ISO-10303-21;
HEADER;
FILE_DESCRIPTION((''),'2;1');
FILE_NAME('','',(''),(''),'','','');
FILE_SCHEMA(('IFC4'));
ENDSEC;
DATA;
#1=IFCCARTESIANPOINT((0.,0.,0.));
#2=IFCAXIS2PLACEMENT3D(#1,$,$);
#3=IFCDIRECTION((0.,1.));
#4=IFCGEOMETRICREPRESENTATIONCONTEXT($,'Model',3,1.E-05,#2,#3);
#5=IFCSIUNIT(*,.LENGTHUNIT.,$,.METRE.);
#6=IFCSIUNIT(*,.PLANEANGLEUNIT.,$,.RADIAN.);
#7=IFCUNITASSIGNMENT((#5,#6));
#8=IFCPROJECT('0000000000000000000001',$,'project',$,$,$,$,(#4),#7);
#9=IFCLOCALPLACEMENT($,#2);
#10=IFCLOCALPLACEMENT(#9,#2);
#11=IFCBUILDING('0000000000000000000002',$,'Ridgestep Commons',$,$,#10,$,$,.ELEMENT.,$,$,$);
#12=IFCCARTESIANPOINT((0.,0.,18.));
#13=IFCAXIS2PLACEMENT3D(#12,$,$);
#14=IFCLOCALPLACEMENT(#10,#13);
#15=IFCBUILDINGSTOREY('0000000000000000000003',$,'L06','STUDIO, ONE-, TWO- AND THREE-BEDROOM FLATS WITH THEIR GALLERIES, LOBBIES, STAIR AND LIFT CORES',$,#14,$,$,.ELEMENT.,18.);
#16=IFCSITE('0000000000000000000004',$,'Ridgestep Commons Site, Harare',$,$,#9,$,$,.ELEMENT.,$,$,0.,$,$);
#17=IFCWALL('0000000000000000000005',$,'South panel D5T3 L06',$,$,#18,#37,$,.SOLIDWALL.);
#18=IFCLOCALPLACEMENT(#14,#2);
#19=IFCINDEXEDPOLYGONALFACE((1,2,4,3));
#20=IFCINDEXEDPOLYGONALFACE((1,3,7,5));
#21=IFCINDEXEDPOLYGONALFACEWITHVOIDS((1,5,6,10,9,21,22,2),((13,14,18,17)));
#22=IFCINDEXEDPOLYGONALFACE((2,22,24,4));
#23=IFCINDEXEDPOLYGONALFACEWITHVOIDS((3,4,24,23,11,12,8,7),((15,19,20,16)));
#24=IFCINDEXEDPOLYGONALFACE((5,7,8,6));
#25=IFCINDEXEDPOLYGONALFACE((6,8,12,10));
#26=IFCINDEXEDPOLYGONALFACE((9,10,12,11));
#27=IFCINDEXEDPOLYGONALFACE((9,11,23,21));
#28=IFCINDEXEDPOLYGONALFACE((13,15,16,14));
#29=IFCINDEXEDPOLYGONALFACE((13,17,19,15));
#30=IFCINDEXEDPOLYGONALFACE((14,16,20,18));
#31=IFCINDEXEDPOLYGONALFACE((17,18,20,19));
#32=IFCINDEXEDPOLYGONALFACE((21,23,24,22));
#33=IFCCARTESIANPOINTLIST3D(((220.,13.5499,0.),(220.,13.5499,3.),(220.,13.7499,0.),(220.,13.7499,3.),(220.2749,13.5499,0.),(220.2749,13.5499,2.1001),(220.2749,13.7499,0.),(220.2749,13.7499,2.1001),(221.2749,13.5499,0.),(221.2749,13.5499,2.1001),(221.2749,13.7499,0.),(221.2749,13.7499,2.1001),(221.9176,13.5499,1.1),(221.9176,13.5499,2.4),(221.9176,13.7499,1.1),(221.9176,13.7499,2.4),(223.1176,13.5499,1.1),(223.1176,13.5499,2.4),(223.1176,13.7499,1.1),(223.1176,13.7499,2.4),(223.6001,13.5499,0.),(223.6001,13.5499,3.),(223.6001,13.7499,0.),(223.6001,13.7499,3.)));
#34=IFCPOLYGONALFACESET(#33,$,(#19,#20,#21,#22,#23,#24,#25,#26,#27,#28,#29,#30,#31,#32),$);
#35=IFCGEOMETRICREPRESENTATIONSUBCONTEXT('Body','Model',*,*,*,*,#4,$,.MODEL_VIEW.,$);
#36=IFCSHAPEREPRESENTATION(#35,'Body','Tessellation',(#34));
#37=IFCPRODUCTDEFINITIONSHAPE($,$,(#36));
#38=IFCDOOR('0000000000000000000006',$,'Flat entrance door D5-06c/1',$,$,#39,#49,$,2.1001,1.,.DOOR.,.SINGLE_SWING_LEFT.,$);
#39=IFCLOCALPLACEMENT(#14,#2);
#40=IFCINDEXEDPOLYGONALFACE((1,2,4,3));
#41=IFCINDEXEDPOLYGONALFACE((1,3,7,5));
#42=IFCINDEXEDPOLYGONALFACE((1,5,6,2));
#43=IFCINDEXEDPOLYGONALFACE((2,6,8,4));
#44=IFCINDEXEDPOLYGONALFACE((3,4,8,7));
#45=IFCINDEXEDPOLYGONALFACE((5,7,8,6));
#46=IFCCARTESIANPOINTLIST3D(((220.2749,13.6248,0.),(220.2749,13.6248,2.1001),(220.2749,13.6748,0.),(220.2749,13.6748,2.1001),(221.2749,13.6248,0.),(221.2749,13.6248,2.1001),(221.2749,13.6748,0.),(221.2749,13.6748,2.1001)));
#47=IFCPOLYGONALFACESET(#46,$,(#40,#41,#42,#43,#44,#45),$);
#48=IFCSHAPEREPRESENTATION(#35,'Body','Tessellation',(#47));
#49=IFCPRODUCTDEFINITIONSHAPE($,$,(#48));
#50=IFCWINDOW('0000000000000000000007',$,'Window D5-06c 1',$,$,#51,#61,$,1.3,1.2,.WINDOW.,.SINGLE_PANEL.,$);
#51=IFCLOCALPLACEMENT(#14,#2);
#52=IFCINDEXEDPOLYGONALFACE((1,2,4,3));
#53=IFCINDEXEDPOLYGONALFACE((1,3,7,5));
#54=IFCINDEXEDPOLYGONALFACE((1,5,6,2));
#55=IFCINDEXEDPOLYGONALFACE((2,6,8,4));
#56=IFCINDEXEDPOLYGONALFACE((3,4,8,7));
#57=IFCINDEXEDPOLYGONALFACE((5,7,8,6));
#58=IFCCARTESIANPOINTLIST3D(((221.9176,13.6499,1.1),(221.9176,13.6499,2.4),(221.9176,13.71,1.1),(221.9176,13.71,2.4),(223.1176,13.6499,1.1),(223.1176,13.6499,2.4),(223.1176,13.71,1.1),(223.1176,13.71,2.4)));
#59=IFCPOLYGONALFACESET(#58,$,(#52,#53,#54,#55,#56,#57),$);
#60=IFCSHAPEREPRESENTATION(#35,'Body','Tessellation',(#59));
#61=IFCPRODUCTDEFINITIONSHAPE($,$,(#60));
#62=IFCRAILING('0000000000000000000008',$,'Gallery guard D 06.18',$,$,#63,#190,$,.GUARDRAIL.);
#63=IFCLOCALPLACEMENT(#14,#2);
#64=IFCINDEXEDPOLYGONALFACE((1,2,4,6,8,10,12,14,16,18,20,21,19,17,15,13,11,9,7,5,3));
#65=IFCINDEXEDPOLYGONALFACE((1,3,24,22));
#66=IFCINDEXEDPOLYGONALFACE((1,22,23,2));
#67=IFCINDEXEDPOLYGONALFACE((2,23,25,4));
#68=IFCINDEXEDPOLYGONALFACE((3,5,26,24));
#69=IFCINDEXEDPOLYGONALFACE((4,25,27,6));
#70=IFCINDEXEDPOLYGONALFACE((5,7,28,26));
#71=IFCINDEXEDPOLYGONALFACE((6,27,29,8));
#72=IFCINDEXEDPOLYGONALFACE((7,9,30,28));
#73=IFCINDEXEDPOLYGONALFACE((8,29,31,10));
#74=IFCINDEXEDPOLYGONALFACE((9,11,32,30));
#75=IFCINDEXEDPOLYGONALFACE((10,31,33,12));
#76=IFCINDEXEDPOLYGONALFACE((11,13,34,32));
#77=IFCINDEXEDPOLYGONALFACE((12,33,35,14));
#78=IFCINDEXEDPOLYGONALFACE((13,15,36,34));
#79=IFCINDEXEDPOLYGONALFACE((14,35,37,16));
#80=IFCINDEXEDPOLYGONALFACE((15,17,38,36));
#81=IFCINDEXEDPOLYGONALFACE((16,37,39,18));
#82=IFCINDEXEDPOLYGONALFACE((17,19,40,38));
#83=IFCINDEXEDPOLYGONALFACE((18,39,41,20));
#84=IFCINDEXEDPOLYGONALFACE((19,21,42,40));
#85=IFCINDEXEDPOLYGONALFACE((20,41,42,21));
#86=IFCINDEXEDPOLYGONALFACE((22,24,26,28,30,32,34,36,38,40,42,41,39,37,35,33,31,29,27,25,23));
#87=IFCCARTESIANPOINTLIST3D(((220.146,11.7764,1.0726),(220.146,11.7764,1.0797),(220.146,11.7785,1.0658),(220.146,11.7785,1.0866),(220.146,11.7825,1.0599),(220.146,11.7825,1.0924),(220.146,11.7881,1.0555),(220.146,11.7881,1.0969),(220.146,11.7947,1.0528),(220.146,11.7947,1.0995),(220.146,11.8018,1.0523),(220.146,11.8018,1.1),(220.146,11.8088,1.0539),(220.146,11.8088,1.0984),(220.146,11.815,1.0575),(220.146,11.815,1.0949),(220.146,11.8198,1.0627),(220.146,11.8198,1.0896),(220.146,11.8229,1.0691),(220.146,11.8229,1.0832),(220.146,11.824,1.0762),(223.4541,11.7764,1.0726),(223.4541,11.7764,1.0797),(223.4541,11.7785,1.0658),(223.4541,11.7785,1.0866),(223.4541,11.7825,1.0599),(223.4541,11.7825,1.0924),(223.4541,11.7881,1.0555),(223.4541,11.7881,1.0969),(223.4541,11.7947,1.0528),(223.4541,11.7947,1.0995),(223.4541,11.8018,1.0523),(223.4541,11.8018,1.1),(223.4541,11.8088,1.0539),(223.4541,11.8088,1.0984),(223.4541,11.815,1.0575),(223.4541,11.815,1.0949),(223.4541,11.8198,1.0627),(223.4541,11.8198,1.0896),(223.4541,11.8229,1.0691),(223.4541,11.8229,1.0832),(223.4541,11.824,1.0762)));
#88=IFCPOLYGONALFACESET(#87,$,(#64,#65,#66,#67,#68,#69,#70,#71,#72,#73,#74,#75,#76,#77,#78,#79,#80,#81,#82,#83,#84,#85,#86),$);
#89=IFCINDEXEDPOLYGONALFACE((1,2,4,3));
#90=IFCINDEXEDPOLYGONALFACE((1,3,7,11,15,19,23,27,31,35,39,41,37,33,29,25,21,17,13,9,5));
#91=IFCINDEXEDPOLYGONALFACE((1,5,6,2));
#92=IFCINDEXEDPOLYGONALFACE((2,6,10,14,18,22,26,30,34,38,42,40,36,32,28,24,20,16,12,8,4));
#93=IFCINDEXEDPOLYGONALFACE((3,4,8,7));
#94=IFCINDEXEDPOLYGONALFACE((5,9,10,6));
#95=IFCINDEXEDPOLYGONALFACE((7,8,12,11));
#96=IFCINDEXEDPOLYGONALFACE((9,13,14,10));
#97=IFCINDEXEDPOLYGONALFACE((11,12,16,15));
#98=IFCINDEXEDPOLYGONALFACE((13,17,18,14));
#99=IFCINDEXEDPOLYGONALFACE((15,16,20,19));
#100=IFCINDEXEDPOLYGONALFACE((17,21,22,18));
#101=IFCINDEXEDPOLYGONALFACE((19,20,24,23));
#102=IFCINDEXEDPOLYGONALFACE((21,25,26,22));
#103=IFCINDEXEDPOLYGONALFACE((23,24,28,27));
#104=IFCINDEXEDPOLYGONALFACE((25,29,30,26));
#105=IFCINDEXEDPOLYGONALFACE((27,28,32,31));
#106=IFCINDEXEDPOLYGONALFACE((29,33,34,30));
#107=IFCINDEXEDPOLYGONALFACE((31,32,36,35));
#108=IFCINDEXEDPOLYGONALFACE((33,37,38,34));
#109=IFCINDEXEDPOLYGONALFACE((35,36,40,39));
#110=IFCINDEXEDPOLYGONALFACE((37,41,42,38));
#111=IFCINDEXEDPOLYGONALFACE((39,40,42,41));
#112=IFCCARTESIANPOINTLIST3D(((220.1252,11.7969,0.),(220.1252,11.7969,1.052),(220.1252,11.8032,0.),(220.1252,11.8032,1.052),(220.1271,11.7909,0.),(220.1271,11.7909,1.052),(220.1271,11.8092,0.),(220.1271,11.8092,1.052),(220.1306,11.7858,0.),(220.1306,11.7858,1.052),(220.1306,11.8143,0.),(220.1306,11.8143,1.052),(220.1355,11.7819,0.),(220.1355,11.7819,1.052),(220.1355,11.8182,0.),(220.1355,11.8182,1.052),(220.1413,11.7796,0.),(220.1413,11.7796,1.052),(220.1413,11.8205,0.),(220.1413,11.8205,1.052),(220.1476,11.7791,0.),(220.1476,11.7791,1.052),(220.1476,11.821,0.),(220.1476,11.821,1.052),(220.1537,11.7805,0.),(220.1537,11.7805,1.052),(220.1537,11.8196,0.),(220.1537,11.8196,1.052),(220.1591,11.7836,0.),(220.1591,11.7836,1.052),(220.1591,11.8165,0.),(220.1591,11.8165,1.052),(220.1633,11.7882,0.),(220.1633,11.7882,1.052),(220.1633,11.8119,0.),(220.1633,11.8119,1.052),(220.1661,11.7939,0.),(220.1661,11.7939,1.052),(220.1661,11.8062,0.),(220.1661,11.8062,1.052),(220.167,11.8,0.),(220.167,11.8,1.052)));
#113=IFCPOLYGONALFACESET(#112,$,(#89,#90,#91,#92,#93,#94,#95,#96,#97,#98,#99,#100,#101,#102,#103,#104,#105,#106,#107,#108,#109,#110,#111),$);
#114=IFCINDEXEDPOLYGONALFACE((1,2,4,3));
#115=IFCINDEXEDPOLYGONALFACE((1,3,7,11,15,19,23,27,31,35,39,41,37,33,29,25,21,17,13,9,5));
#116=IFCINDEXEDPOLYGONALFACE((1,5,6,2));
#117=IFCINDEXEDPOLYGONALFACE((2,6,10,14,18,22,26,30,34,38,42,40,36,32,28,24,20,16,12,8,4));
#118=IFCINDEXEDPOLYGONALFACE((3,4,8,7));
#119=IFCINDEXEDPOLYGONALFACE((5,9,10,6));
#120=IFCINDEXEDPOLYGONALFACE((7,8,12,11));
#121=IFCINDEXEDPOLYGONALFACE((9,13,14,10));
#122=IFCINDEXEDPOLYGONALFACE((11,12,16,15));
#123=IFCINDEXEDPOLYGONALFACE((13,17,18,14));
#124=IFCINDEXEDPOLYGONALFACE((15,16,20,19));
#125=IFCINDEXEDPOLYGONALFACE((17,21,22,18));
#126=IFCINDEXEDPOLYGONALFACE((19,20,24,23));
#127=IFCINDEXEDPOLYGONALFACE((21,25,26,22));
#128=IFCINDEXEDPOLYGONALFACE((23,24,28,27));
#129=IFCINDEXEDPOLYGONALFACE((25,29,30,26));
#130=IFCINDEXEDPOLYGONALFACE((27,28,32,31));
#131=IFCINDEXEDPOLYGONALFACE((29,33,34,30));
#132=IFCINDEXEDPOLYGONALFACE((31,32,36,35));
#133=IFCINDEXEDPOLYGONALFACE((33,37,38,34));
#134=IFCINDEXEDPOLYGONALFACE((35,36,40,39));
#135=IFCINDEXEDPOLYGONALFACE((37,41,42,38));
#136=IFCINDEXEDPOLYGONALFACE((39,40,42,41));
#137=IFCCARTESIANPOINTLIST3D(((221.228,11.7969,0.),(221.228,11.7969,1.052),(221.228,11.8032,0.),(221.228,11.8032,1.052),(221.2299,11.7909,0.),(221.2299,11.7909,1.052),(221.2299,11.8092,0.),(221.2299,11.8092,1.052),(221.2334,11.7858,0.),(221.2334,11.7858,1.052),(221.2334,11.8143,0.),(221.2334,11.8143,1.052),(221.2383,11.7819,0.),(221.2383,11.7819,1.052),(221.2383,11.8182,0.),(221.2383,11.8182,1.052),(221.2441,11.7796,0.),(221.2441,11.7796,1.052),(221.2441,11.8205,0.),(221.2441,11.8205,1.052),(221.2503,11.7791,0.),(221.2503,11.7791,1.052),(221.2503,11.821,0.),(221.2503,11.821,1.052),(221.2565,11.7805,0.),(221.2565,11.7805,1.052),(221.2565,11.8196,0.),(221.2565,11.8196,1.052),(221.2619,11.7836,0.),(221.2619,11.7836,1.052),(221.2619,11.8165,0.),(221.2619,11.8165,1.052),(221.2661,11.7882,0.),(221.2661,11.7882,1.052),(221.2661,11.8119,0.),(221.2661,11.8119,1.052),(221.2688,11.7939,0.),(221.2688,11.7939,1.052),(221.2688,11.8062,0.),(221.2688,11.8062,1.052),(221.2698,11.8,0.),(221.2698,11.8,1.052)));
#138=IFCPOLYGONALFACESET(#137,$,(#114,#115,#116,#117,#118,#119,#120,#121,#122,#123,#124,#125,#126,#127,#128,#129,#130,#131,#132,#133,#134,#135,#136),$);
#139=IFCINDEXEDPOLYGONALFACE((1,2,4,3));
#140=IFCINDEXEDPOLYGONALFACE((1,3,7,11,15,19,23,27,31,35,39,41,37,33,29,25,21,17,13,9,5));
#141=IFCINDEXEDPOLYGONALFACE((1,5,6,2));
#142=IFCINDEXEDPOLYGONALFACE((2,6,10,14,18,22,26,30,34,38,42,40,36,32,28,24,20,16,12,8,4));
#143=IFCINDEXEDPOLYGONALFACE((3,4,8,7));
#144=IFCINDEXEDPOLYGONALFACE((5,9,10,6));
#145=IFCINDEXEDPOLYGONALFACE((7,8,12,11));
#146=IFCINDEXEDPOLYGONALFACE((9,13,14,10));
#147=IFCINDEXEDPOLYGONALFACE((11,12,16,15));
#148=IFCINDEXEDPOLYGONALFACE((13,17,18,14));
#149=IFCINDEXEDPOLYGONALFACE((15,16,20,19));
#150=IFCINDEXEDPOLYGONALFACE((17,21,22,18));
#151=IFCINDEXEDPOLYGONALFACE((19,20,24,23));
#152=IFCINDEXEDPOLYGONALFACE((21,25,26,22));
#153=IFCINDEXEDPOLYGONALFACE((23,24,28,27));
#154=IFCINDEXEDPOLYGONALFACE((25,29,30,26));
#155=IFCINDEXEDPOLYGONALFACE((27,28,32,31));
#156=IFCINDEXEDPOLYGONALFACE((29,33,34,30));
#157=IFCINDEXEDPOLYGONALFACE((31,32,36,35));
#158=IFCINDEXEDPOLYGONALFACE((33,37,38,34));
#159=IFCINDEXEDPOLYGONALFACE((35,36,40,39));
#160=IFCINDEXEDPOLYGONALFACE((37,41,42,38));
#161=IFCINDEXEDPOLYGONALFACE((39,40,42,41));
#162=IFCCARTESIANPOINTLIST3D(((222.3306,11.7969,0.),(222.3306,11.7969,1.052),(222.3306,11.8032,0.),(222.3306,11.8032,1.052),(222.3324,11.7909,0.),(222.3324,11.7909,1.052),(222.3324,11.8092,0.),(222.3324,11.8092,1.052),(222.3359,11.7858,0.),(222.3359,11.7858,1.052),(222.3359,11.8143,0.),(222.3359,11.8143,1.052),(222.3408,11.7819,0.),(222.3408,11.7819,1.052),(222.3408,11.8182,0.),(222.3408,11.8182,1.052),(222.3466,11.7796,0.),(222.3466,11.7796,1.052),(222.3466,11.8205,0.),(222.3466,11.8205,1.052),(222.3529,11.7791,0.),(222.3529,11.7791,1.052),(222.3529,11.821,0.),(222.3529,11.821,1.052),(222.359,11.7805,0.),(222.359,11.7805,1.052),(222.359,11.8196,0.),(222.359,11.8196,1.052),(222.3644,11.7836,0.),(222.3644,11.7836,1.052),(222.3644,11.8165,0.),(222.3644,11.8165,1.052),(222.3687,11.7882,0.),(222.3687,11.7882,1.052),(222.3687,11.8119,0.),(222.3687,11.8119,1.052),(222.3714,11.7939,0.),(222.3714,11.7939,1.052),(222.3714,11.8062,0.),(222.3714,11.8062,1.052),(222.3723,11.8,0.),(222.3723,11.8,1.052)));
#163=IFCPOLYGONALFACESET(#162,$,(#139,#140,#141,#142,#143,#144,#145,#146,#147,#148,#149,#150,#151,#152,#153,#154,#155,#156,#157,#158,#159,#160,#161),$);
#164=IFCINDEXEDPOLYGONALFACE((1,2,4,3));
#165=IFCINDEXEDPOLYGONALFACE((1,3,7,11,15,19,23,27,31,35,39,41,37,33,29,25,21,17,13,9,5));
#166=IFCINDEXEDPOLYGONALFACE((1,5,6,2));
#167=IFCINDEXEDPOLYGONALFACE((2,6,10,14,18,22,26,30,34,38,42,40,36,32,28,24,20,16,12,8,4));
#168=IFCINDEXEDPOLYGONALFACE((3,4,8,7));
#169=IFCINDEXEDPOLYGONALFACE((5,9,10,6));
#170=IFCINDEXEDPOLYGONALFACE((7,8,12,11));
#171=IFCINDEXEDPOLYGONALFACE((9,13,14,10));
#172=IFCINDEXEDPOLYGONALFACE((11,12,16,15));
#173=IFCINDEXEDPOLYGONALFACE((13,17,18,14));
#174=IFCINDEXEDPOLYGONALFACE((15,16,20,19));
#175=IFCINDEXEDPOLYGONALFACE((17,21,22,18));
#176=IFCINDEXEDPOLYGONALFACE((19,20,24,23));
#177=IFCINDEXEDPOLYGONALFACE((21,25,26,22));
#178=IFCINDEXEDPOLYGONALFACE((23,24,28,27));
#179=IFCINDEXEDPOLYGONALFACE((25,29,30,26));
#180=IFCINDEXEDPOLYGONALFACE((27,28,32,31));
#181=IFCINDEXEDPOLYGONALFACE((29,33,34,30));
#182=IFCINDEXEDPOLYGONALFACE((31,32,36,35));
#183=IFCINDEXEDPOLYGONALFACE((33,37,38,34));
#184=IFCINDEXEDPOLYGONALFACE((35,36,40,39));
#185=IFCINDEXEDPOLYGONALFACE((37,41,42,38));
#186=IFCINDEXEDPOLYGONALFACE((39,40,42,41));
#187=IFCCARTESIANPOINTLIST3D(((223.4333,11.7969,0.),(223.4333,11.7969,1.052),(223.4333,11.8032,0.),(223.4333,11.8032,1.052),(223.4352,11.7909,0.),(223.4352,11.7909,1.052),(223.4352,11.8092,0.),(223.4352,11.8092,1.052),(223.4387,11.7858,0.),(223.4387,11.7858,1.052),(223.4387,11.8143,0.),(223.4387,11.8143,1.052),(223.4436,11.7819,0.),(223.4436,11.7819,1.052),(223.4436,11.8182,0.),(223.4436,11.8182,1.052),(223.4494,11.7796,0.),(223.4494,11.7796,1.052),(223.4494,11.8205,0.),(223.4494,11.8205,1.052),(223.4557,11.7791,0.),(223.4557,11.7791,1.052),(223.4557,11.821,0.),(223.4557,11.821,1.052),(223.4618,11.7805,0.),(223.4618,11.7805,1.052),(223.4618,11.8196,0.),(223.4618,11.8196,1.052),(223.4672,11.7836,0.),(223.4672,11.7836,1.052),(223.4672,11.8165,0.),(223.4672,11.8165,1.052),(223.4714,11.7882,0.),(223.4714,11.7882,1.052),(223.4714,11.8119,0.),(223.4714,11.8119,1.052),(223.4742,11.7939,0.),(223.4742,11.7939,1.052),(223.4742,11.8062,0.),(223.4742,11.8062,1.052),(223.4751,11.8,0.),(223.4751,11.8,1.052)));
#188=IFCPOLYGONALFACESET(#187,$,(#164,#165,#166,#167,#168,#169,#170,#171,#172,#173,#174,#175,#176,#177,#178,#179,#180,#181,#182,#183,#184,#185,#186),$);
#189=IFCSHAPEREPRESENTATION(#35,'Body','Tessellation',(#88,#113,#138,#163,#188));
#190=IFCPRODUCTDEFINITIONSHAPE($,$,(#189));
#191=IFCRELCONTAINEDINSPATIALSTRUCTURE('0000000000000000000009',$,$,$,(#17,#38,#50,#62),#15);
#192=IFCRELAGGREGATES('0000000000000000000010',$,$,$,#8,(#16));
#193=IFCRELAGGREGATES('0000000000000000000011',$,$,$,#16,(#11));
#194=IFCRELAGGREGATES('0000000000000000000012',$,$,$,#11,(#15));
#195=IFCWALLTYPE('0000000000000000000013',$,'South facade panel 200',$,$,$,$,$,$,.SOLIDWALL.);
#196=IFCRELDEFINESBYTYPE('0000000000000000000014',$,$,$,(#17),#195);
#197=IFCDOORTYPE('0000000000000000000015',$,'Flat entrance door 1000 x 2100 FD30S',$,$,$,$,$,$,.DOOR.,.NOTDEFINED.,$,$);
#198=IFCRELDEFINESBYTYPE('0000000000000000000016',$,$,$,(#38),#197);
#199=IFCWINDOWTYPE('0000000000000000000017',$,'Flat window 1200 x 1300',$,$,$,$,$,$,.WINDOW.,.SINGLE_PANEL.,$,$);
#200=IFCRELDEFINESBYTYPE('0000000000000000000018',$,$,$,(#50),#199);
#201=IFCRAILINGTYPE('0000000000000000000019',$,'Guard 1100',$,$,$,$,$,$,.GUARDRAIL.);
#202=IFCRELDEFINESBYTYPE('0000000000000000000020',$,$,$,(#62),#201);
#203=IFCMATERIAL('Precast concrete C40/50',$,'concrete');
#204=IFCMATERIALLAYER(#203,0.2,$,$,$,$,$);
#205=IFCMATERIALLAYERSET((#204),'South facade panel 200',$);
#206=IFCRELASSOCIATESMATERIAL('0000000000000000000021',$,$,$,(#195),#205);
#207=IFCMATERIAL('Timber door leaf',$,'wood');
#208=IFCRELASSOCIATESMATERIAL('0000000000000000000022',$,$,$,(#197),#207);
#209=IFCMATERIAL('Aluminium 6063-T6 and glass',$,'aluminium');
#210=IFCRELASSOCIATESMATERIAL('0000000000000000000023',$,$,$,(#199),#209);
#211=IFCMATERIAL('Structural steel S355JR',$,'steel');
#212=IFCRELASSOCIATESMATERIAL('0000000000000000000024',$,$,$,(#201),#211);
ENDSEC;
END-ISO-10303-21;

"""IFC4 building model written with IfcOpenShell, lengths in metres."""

from ifc_helpers import new_model, si_unit, direction, frame, frame_2d, origin, origin_2d, place, context, subcontext, project, spatial, rectangle, circle, extrude, material, layer, layer_set, type_object, element, fill, save


model = new_model("IFC4")

# Units and contexts
model_context = context("Model", 3, precision=1e-05, world=origin(), true_north=direction((0.0, 1.0)))
body_context = subcontext(model_context, "Body", "Model", "MODEL_VIEW")
ifc_project = project(units=[si_unit("LENGTHUNIT", "METRE"), si_unit("PLANEANGLEUNIT", "RADIAN")], contexts=[model_context])

# Site, building, storey
site_placement = place(None, origin())
site = spatial("IfcSite", under=ifc_project, at=site_placement, Name="Ridgestep Commons Site, Harare", CompositionType="ELEMENT", RefElevation=0.0)
building_placement = place(site_placement, origin())
building = spatial("IfcBuilding", under=site, at=building_placement, Name="Ridgestep Commons", CompositionType="ELEMENT")
storey_placement = place(building_placement, frame((0.0, 0.0, 18.0)))
storey = spatial("IfcBuildingStorey", under=building, at=storey_placement, Name="L06", Description="STUDIO, ONE-, TWO- AND THREE-BEDROOM FLATS WITH THEIR GALLERIES, LOBBIES, STAIR AND LIFT CORES", CompositionType="ELEMENT", Elevation=18.0)

# Wall, openings, door, window
ifc_material_1 = material(Name="Precast concrete C40/50", Category="concrete")
ifc_layer_1 = layer(ifc_material_1, 0.2)
ifc_layer_set_1 = layer_set([ifc_layer_1], Name="South facade panel 200")
wall_type_1 = type_object("IfcWallType", Name="South facade panel 200", PredefinedType="SOLIDWALL", material=ifc_layer_set_1)
wall_1_placement = place(storey_placement, frame((220.0, 13.6499, 0.0), z_axis=(0.0, 0.0, 1.0), x_axis=(1.0, 0.0, 0.0)))
wall_1 = element("IfcWall", 1, at=wall_1_placement, inside=storey, type_object=wall_type_1, Name="South panel D5T3 L06", PredefinedType="SOLIDWALL", context=body_context, shape_type="SweptSolid", body=[
    extrude(rectangle(XDim=3.6001, YDim=0.2, at=frame_2d((1.8, 0.0))), origin(), (0.0, 0.0, 1.0), 3.0),
])
opening_1_placement = place(wall_1_placement, frame((1.9175, 0.0, 1.1001)))
opening_1 = element("IfcOpeningElement", 2, at=opening_1_placement, cuts=wall_1, PredefinedType="OPENING", context=body_context, shape_type="SweptSolid", body=[
    extrude(rectangle(XDim=1.2, YDim=1.3, at=frame_2d((0.6001, 0.6499))), frame((0.0, 0.1099, 0.0), z_axis=(0.0, -1.0, 0.0), x_axis=(1.0, 0.0, 0.0)), (0.0, 0.0, 1.0), 0.22),
])
opening_2_placement = place(wall_1_placement, frame((0.2749, 0.0, 0.0)))
opening_2 = element("IfcOpeningElement", 3, at=opening_2_placement, cuts=wall_1, PredefinedType="OPENING", context=body_context, shape_type="SweptSolid", body=[
    extrude(rectangle(XDim=1.0, YDim=2.1001, at=frame_2d((0.5, 1.05))), frame((0.0, 0.1099, 0.0), z_axis=(0.0, -1.0, 0.0), x_axis=(1.0, 0.0, 0.0)), (0.0, 0.0, 1.0), 0.22),
])
ifc_material_2 = material(Name="Timber door leaf", Category="wood")
door_type_1 = type_object("IfcDoorType", Name="Flat entrance door 1000 x 2100 FD30S", OperationType="NOTDEFINED", PredefinedType="DOOR", material=ifc_material_2)
door_1_placement = place(opening_2_placement, origin())
door_1 = element("IfcDoor", 4, at=door_1_placement, inside=storey, type_object=door_type_1, Name="Flat entrance door D5-06c/1", OperationType="SINGLE_SWING_LEFT", OverallHeight=2.1001, OverallWidth=1.0, PredefinedType="DOOR", context=body_context, shape_type="SweptSolid", body=[
    extrude(rectangle(XDim=1.0, YDim=2.1001, at=frame_2d((0.5, 1.05))), frame((0.0, 0.0249, 0.0), z_axis=(0.0, -1.0, 0.0), x_axis=(1.0, 0.0, 0.0)), (0.0, 0.0, 1.0), 0.05),
])
fill(opening_2, door_1)
ifc_material_3 = material(Name="Aluminium 6063-T6 and glass", Category="aluminium")
window_type = type_object("IfcWindowType", Name="Flat window 1200 x 1300", PartitioningType="SINGLE_PANEL", PredefinedType="WINDOW", material=ifc_material_3)
window_placement = place(opening_1_placement, origin())
window = element("IfcWindow", 5, at=window_placement, inside=storey, type_object=window_type, Name="Window D5-06c 1", OverallHeight=1.3, OverallWidth=1.2, PartitioningType="SINGLE_PANEL", PredefinedType="WINDOW", context=body_context, shape_type="SweptSolid", body=[
    extrude(rectangle(XDim=1.2, YDim=1.3, at=frame_2d((0.6001, 0.6499))), frame((0.0, 0.0601, 0.0), z_axis=(0.0, -1.0, 0.0), x_axis=(1.0, 0.0, 0.0)), (0.0, 0.0, 1.0), 0.0601),
])
fill(opening_1, window)

# Railing
ifc_material_4 = material(Name="Structural steel S355JR", Category="steel")
railing_type_1 = type_object("IfcRailingType", Name="Guard 1100", PredefinedType="GUARDRAIL", material=ifc_material_4)
railing_1_placement = place(storey_placement, frame((220.146, 11.8, 0.0)))
element("IfcRailing", 6, at=railing_1_placement, inside=storey, type_object=railing_type_1, Name="Gallery guard D 06.18", PredefinedType="GUARDRAIL", context=body_context, shape_type="SweptSolid", body=[
    extrude(circle(Radius=0.0239, at=origin_2d()), frame((0.0, 0.0, 1.0762), z_axis=(1.0, 0.0, 0.0), x_axis=(0.0, 1.0, 0.0)), (0.0, 0.0, 1.0), 3.3081),
    extrude(circle(Radius=0.021, at=origin_2d()), origin(), (0.0, 0.0, 1.0), 1.052),
    extrude(circle(Radius=0.021, at=origin_2d()), frame((1.1028, 0.0, 0.0)), (0.0, 0.0, 1.0), 1.052),
    extrude(circle(Radius=0.021, at=origin_2d()), frame((2.2053, 0.0, 0.0)), (0.0, 0.0, 1.0), 1.052),
    extrude(circle(Radius=0.021, at=origin_2d()), frame((3.3081, 0.0, 0.0)), (0.0, 0.0, 1.0), 1.052),
])

save(model, "model.ifc")
